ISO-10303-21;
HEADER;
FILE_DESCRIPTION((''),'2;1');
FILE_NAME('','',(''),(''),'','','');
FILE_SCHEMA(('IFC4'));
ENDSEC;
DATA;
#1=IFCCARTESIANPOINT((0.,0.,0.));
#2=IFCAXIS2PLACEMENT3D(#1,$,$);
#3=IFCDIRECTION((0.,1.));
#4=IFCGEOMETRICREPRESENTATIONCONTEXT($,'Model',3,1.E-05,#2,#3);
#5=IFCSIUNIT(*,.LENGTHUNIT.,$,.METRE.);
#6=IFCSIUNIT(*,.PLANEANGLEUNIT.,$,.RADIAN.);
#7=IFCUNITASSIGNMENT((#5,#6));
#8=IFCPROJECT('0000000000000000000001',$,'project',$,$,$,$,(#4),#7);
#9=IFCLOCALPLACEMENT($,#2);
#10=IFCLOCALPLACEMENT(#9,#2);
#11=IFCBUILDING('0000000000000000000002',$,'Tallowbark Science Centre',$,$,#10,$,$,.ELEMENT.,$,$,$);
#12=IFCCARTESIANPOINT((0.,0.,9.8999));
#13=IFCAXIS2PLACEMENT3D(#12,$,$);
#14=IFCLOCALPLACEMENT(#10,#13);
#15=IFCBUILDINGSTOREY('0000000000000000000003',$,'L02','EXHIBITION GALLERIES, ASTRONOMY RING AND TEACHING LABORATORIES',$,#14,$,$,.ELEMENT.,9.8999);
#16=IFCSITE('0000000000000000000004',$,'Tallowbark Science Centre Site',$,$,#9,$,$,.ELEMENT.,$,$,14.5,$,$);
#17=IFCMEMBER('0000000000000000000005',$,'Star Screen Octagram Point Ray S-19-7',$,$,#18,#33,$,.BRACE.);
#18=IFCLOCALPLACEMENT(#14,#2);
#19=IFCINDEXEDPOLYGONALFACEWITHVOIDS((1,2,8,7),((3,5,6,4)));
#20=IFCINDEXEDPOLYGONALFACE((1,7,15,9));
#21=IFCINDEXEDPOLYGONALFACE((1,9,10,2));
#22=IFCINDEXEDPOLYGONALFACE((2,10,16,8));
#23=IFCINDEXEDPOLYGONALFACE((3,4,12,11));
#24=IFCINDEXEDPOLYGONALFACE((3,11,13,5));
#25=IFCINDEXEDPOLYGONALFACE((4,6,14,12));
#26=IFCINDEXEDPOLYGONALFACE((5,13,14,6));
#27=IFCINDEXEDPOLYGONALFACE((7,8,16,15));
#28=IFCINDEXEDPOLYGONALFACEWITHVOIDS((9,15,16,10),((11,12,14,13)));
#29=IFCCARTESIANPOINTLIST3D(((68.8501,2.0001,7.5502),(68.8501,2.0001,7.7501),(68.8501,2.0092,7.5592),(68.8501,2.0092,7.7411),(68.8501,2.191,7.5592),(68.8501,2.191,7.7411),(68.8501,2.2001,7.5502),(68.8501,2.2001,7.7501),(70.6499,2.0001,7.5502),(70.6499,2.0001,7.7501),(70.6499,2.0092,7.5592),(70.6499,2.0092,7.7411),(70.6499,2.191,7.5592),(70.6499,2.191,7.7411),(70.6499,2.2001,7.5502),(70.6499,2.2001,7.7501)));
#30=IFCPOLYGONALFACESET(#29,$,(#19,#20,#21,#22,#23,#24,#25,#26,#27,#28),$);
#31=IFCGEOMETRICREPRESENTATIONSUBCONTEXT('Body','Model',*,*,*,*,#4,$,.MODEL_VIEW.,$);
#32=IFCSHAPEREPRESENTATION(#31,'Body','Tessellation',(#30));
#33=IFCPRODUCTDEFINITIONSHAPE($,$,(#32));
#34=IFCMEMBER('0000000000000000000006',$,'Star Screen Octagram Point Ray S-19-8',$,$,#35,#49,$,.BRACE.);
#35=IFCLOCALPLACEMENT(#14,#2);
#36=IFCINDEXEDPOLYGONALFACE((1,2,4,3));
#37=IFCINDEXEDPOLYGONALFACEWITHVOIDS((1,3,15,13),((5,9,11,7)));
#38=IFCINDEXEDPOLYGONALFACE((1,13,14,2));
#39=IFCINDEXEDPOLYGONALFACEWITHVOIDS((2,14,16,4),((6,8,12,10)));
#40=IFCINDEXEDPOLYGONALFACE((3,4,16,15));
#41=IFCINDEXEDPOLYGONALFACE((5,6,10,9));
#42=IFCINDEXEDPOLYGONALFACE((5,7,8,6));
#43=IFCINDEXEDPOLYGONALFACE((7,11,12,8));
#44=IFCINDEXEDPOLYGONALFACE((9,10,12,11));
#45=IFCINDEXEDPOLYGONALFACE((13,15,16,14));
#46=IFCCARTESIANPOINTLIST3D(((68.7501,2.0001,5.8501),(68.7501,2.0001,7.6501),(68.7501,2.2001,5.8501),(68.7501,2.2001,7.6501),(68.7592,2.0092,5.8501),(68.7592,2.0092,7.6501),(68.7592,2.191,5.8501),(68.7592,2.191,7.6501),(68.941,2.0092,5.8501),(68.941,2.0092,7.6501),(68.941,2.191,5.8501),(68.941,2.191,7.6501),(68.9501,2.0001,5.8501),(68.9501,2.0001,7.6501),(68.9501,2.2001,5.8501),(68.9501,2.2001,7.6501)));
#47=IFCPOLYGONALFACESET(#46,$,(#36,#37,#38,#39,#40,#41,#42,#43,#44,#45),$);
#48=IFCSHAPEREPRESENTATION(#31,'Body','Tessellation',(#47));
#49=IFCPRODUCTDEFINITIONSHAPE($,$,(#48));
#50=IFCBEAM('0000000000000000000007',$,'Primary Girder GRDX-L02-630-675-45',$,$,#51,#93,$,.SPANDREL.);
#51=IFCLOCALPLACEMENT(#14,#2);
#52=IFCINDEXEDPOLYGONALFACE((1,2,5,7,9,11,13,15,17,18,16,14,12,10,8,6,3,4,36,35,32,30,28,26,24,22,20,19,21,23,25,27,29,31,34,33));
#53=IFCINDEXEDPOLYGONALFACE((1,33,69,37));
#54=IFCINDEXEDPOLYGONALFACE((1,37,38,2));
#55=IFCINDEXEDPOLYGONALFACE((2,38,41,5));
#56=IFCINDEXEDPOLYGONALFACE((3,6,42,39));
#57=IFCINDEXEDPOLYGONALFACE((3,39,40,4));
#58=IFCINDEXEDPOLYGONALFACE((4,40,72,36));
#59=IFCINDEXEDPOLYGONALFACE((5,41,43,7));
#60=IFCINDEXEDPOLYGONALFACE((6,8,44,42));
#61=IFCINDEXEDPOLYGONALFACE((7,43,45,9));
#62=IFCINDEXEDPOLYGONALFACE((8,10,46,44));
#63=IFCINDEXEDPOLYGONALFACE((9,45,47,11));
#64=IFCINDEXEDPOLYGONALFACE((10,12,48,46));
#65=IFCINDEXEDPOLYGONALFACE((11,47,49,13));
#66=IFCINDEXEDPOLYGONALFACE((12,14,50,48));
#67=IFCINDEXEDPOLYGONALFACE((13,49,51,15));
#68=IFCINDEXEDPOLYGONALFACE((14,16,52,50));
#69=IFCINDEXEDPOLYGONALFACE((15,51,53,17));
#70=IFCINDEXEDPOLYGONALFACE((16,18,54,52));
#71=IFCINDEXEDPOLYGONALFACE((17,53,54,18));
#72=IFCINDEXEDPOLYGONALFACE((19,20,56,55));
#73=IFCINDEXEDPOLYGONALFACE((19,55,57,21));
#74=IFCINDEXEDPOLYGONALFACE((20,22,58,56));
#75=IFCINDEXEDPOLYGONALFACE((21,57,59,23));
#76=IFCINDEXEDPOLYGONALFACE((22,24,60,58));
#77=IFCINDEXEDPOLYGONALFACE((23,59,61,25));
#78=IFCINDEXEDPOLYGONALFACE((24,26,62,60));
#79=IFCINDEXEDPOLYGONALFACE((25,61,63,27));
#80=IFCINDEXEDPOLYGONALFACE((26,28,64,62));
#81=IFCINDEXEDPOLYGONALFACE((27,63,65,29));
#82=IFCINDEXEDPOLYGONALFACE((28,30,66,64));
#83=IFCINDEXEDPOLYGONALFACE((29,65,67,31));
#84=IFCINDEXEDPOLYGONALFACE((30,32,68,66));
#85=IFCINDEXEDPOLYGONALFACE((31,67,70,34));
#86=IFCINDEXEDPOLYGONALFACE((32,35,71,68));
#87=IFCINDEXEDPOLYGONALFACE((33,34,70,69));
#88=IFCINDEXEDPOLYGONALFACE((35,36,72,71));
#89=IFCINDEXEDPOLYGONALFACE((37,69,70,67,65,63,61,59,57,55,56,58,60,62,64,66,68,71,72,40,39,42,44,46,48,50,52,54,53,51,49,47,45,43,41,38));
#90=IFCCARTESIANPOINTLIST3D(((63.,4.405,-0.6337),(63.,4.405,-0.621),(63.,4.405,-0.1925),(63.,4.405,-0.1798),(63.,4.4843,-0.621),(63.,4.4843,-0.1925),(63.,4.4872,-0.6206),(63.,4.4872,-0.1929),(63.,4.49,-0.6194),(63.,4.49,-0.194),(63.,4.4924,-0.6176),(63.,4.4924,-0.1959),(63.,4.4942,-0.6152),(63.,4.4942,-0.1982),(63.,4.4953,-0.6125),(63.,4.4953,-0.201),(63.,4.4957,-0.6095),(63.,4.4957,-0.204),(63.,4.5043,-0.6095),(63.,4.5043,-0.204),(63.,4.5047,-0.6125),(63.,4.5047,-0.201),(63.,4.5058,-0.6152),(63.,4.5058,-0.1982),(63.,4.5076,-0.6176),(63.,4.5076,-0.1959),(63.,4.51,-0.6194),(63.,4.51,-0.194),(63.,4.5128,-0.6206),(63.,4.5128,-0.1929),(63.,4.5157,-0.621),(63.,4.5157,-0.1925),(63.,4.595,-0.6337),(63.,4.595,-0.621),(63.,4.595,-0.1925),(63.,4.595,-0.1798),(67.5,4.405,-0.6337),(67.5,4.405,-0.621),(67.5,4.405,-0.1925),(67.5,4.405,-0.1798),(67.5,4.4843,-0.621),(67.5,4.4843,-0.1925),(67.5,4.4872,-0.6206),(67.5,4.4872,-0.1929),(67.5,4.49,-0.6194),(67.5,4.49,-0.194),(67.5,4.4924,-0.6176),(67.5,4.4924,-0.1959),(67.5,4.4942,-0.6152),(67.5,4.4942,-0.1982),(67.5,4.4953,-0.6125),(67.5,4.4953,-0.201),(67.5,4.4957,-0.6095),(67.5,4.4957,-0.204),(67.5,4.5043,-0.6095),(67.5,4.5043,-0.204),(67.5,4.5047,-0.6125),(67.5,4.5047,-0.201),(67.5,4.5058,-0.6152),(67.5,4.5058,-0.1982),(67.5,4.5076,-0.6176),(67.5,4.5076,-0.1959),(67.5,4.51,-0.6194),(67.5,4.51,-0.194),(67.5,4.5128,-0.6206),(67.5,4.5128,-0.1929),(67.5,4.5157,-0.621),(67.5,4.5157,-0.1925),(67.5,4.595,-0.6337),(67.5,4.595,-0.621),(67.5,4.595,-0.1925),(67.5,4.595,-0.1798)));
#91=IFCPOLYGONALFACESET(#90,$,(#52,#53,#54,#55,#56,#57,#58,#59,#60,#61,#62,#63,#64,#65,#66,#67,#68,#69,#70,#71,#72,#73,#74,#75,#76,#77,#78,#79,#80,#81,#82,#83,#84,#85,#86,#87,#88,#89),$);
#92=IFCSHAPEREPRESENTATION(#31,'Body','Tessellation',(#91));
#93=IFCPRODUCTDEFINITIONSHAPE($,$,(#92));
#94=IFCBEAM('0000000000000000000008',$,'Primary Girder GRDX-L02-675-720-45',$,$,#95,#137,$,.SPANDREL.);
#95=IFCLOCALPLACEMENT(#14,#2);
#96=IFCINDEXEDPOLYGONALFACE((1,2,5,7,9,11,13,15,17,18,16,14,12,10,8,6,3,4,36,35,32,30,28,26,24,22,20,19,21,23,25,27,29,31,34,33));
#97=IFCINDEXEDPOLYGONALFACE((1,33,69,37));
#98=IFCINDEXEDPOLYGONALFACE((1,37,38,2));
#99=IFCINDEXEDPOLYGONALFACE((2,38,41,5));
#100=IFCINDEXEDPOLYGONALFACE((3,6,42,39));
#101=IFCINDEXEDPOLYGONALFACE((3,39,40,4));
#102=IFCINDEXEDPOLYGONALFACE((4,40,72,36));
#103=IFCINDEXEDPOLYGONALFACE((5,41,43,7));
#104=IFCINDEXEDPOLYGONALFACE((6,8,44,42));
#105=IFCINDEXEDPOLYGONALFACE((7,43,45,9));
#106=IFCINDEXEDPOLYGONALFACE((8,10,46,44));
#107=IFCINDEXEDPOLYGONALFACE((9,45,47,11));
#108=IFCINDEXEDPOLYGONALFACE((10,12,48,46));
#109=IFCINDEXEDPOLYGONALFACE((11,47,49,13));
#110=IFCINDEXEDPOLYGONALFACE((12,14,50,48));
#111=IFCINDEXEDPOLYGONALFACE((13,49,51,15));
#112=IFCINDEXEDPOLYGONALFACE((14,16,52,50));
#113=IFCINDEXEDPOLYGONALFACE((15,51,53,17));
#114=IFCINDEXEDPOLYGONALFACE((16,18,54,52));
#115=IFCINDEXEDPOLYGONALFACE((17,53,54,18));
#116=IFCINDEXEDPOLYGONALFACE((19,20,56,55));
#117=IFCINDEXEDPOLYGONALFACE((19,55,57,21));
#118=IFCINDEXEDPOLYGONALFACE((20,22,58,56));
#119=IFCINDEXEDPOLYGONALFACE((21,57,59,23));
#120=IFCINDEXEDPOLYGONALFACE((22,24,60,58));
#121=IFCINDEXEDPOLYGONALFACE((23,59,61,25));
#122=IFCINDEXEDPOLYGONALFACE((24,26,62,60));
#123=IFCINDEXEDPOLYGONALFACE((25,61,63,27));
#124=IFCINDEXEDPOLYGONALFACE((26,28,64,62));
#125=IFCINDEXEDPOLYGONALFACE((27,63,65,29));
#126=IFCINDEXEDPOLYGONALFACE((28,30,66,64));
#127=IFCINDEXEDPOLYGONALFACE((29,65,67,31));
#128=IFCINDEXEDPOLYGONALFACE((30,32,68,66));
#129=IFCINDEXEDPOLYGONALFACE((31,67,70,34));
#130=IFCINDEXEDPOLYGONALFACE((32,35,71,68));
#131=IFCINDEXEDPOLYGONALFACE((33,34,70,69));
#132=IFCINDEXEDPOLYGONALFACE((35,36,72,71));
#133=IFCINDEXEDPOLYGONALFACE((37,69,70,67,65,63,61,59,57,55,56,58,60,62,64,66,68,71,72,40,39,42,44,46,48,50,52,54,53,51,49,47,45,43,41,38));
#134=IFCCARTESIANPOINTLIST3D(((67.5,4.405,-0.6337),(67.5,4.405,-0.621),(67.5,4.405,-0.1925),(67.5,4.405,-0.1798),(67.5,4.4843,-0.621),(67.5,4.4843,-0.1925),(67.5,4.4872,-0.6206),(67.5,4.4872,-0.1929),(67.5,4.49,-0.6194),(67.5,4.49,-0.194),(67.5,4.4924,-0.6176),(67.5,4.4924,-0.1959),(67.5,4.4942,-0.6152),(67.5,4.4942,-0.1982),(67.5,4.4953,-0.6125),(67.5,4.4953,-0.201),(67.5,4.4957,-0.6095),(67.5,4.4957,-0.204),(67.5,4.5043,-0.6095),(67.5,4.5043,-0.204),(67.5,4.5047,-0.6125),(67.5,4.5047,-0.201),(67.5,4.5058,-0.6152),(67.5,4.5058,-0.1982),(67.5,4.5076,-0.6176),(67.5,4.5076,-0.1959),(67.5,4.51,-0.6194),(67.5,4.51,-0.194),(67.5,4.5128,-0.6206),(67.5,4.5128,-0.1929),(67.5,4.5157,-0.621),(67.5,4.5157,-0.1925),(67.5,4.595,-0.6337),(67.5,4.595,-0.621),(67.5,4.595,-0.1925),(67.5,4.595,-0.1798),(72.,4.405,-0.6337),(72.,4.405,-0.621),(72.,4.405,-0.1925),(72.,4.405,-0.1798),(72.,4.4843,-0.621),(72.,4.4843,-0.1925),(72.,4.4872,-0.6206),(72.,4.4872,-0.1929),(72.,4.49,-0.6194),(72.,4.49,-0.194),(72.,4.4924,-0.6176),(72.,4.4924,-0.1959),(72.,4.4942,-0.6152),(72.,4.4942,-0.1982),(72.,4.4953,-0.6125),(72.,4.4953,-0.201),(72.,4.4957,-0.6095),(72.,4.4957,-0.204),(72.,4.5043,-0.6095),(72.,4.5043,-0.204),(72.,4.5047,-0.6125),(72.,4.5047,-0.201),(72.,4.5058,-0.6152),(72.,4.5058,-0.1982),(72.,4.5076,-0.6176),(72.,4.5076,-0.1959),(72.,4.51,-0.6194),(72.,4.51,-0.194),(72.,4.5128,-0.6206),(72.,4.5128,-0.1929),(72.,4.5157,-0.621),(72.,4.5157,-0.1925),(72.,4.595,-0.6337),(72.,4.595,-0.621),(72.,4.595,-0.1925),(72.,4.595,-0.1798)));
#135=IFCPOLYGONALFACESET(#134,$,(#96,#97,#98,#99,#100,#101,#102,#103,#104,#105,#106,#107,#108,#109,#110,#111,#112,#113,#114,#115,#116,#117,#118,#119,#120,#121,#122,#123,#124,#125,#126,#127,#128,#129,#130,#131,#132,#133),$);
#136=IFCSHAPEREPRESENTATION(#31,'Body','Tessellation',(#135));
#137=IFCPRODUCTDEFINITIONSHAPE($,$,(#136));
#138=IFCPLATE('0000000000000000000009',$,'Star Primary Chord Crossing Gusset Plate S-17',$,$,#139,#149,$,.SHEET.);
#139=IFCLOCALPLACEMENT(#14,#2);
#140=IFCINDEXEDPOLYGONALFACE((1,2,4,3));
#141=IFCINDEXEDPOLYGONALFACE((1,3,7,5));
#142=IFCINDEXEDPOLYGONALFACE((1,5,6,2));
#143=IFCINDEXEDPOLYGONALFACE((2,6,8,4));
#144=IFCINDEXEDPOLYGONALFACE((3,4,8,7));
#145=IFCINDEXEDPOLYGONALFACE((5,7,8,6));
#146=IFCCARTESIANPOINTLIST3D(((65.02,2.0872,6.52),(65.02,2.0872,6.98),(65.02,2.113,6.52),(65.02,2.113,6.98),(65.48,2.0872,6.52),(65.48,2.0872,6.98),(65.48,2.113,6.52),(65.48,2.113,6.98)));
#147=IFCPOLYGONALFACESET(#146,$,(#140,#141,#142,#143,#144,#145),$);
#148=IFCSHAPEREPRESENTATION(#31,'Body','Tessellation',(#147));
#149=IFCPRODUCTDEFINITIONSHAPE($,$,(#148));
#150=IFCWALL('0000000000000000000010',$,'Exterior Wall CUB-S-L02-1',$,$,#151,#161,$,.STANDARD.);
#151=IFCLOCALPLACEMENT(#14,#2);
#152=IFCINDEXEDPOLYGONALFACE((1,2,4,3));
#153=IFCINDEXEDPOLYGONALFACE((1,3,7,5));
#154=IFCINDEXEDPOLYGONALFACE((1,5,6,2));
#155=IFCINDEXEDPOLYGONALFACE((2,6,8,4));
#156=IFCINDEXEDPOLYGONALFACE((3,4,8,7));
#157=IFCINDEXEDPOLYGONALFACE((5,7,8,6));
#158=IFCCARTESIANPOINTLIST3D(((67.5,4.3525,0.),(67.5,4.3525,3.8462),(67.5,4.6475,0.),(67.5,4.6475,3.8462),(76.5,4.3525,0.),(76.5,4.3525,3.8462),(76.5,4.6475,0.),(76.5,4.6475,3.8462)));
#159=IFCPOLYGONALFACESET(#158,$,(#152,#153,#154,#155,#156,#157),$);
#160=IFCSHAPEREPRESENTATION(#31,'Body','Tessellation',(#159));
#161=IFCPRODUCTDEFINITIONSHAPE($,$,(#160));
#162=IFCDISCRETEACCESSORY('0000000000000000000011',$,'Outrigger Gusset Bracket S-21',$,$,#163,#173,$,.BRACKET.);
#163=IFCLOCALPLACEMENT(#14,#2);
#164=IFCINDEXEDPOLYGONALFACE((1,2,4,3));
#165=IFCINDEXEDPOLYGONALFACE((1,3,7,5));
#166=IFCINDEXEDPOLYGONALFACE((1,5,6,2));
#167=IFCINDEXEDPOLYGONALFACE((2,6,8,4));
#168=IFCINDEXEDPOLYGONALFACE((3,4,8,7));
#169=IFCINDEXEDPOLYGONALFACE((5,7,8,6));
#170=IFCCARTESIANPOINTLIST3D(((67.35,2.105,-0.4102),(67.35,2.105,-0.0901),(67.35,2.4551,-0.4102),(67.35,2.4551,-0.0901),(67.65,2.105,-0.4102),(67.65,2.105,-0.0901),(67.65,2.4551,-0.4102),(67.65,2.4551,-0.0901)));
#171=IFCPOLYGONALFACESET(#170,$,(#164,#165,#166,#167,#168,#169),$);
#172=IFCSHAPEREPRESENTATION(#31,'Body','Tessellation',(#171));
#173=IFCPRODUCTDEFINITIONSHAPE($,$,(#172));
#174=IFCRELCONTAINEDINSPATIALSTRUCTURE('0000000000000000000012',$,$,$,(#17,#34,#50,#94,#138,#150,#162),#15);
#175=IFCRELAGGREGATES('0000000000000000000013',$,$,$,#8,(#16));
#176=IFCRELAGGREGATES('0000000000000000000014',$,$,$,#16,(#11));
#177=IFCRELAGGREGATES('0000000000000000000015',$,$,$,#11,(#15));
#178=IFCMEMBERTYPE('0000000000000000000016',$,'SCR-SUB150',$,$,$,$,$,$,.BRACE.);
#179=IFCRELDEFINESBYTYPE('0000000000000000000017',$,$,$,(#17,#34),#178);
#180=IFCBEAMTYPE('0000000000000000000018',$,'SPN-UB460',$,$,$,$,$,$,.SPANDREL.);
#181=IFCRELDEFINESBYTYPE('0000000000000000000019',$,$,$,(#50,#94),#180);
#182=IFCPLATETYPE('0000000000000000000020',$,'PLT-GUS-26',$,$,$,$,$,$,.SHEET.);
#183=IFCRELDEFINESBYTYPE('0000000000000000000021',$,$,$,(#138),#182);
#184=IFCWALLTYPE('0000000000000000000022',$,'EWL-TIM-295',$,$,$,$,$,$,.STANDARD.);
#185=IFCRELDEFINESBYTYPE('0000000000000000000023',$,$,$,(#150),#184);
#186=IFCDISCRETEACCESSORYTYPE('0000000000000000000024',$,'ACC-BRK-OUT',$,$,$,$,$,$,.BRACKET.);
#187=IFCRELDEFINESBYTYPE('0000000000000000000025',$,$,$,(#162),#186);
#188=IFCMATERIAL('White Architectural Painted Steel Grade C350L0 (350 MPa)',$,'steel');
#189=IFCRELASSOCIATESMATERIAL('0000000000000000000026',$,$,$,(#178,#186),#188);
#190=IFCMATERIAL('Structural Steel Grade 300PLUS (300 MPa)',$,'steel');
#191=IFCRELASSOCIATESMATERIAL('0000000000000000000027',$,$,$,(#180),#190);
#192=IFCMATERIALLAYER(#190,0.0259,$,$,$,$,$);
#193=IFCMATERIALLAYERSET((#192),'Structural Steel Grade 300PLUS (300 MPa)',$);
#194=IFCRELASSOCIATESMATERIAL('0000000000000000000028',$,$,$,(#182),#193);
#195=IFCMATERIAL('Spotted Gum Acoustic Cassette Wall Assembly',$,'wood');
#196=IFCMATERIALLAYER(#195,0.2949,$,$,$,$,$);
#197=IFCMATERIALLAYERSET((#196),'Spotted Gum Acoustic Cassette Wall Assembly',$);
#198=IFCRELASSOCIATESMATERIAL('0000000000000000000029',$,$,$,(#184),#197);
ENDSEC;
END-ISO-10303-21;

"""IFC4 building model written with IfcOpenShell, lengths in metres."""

from ifc_helpers import new_model, si_unit, direction, frame, frame_2d, origin, origin_2d, place, context, subcontext, project, spatial, rectangle, hollow_rectangle, i_section, extrude, material, layer, layer_set, material_profile, profile_set, type_object, element, save


model = new_model("IFC4")

# Units and contexts
model_context = context("Model", 3, precision=1e-05, world=origin(), true_north=direction((0.0, 1.0)))
body_context = subcontext(model_context, "Body", "Model", "MODEL_VIEW")
ifc_project = project(units=[si_unit("LENGTHUNIT", "METRE"), si_unit("PLANEANGLEUNIT", "RADIAN")], contexts=[model_context])

# Site, building, storey
site_placement = place(None, origin())
site = spatial("IfcSite", under=ifc_project, at=site_placement, Name="Tallowbark Science Centre Site", CompositionType="ELEMENT", RefElevation=14.5)
building_placement = place(site_placement, origin())
building = spatial("IfcBuilding", under=site, at=building_placement, Name="Tallowbark Science Centre", CompositionType="ELEMENT")
storey_placement = place(building_placement, frame((0.0, 0.0, 9.8999)))
storey = spatial("IfcBuildingStorey", under=building, at=storey_placement, Name="L02", Description="EXHIBITION GALLERIES, ASTRONOMY RING AND TEACHING LABORATORIES", CompositionType="ELEMENT", Elevation=9.8999)

# Shared definitions
ifc_material_1 = material(Name="White Architectural Painted Steel Grade C350L0 (350 MPa)", Category="steel")
ifc_material_2 = material(Name="Structural Steel Grade 300PLUS (300 MPa)", Category="steel")

# Members
ifc_material_profile_1 = material_profile(ifc_material_1, hollow_rectangle(XDim=0.2, YDim=0.2, WallThickness=0.009, at=origin_2d()), Name="200x200x9.0SHS")
ifc_profile_set_1 = profile_set([ifc_material_profile_1], Name="White Architectural Painted Steel Grade C350L0 (350 MPa)")
member_type_1 = type_object("IfcMemberType", Name="SCR-SUB150", PredefinedType="BRACE", material=ifc_profile_set_1)
member_1_placement = place(storey_placement, frame((68.8501, 2.1001, 7.6501), z_axis=(1.0, 0.0, 0.0), x_axis=(0.0, 1.0, 0.0)))
element("IfcMember", 1, at=member_1_placement, inside=storey, type_object=member_type_1, Name="Star Screen Octagram Point Ray S-19-7", PredefinedType="BRACE", context=body_context, shape_type="SweptSolid", body=[
    extrude(hollow_rectangle(XDim=0.2, YDim=0.2, WallThickness=0.009, at=origin_2d()), origin(), (0.0, 0.0, 1.0), 1.7998),
])
member_2_placement = place(storey_placement, frame((68.8501, 2.1001, 7.6501), z_axis=(0.0, 0.0, -1.0), x_axis=(1.0, 0.0, 0.0)))
element("IfcMember", 2, at=member_2_placement, inside=storey, type_object=member_type_1, Name="Star Screen Octagram Point Ray S-19-8", PredefinedType="BRACE", context=body_context, shape_type="SweptSolid", body=[
    extrude(hollow_rectangle(XDim=0.2, YDim=0.2, WallThickness=0.009, at=origin_2d()), origin(), (0.0, 0.0, 1.0), 1.8),
])

# Beams
ifc_material_profile_2 = material_profile(ifc_material_2, i_section(OverallWidth=0.1899, OverallDepth=0.4539, WebThickness=0.0085, FlangeThickness=0.0127, FilletRadius=0.0115, at=origin_2d()), Name="460UB67.1")
ifc_profile_set_2 = profile_set([ifc_material_profile_2], Name="Structural Steel Grade 300PLUS (300 MPa)")
beam_type_1 = type_object("IfcBeamType", Name="SPN-UB460", PredefinedType="SPANDREL", material=ifc_profile_set_2)
for number, where, z_axis, x_axis, name in (
    (3, (63.0, 4.5, -0.4067), (1.0, 0.0, 0.0), (0.0, 1.0, 0.0), "Primary Girder GRDX-L02-630-675-45"),
    (4, (67.5, 4.5, -0.4067), (1.0, 0.0, 0.0), (0.0, 1.0, 0.0), "Primary Girder GRDX-L02-675-720-45"),
):
    element("IfcBeam", number, at=place(storey_placement, frame(where, z_axis=z_axis, x_axis=x_axis)), inside=storey, type_object=beam_type_1, Name=name, PredefinedType="SPANDREL", context=body_context, shape_type="SweptSolid", body=[
        extrude(i_section(OverallWidth=0.1899, OverallDepth=0.4539, WebThickness=0.0085, FlangeThickness=0.0127, FilletRadius=0.0115, at=origin_2d()), origin(), (0.0, 0.0, 1.0), 4.5),
    ])

# Plate
ifc_layer_1 = layer(ifc_material_2, 0.0259)
ifc_layer_set_1 = layer_set([ifc_layer_1], Name="Structural Steel Grade 300PLUS (300 MPa)")
plate_type = type_object("IfcPlateType", Name="PLT-GUS-26", PredefinedType="SHEET", material=ifc_layer_set_1)
plate_placement = place(storey_placement, frame((65.25, 2.1001, 6.52), z_axis=(0.0, 0.0, 1.0), x_axis=(1.0, 0.0, 0.0)))
element("IfcPlate", 5, at=plate_placement, inside=storey, type_object=plate_type, Name="Star Primary Chord Crossing Gusset Plate S-17", PredefinedType="SHEET", context=body_context, shape_type="SweptSolid", body=[
    extrude(rectangle(XDim=0.46, YDim=0.0259, at=origin_2d()), origin(), (0.0, 0.0, 1.0), 0.46),
])

# Wall
ifc_material_3 = material(Name="Spotted Gum Acoustic Cassette Wall Assembly", Category="wood")
ifc_layer_2 = layer(ifc_material_3, 0.2949)
ifc_layer_set_2 = layer_set([ifc_layer_2], Name="Spotted Gum Acoustic Cassette Wall Assembly")
wall_type = type_object("IfcWallType", Name="EWL-TIM-295", PredefinedType="STANDARD", material=ifc_layer_set_2)
wall_placement = place(storey_placement, frame((67.5, 4.5, 0.0), z_axis=(0.0, 0.0, 1.0), x_axis=(1.0, 0.0, 0.0)))
element("IfcWall", 6, at=wall_placement, inside=storey, type_object=wall_type, Name="Exterior Wall CUB-S-L02-1", PredefinedType="STANDARD", context=body_context, shape_type="SweptSolid", body=[
    extrude(rectangle(XDim=9.0, YDim=0.2949, at=frame_2d((4.5, 0.0))), origin(), (0.0, 0.0, 1.0), 3.8462),
])

# Discrete accessory
discrete_accessory_type = type_object("IfcDiscreteAccessoryType", Name="ACC-BRK-OUT", PredefinedType="BRACKET", material=ifc_material_1)
discrete_accessory_placement = place(storey_placement, frame((67.5, 2.28, -0.4102), z_axis=(0.0, 0.0, 1.0), x_axis=(1.0, 0.0, 0.0)))
element("IfcDiscreteAccessory", 7, at=discrete_accessory_placement, inside=storey, type_object=discrete_accessory_type, Name="Outrigger Gusset Bracket S-21", PredefinedType="BRACKET", context=body_context, shape_type="SweptSolid", body=[
    extrude(rectangle(XDim=0.3, YDim=0.3501, at=origin_2d()), origin(), (0.0, 0.0, 1.0), 0.3201),
])

save(model, "model.ifc")
